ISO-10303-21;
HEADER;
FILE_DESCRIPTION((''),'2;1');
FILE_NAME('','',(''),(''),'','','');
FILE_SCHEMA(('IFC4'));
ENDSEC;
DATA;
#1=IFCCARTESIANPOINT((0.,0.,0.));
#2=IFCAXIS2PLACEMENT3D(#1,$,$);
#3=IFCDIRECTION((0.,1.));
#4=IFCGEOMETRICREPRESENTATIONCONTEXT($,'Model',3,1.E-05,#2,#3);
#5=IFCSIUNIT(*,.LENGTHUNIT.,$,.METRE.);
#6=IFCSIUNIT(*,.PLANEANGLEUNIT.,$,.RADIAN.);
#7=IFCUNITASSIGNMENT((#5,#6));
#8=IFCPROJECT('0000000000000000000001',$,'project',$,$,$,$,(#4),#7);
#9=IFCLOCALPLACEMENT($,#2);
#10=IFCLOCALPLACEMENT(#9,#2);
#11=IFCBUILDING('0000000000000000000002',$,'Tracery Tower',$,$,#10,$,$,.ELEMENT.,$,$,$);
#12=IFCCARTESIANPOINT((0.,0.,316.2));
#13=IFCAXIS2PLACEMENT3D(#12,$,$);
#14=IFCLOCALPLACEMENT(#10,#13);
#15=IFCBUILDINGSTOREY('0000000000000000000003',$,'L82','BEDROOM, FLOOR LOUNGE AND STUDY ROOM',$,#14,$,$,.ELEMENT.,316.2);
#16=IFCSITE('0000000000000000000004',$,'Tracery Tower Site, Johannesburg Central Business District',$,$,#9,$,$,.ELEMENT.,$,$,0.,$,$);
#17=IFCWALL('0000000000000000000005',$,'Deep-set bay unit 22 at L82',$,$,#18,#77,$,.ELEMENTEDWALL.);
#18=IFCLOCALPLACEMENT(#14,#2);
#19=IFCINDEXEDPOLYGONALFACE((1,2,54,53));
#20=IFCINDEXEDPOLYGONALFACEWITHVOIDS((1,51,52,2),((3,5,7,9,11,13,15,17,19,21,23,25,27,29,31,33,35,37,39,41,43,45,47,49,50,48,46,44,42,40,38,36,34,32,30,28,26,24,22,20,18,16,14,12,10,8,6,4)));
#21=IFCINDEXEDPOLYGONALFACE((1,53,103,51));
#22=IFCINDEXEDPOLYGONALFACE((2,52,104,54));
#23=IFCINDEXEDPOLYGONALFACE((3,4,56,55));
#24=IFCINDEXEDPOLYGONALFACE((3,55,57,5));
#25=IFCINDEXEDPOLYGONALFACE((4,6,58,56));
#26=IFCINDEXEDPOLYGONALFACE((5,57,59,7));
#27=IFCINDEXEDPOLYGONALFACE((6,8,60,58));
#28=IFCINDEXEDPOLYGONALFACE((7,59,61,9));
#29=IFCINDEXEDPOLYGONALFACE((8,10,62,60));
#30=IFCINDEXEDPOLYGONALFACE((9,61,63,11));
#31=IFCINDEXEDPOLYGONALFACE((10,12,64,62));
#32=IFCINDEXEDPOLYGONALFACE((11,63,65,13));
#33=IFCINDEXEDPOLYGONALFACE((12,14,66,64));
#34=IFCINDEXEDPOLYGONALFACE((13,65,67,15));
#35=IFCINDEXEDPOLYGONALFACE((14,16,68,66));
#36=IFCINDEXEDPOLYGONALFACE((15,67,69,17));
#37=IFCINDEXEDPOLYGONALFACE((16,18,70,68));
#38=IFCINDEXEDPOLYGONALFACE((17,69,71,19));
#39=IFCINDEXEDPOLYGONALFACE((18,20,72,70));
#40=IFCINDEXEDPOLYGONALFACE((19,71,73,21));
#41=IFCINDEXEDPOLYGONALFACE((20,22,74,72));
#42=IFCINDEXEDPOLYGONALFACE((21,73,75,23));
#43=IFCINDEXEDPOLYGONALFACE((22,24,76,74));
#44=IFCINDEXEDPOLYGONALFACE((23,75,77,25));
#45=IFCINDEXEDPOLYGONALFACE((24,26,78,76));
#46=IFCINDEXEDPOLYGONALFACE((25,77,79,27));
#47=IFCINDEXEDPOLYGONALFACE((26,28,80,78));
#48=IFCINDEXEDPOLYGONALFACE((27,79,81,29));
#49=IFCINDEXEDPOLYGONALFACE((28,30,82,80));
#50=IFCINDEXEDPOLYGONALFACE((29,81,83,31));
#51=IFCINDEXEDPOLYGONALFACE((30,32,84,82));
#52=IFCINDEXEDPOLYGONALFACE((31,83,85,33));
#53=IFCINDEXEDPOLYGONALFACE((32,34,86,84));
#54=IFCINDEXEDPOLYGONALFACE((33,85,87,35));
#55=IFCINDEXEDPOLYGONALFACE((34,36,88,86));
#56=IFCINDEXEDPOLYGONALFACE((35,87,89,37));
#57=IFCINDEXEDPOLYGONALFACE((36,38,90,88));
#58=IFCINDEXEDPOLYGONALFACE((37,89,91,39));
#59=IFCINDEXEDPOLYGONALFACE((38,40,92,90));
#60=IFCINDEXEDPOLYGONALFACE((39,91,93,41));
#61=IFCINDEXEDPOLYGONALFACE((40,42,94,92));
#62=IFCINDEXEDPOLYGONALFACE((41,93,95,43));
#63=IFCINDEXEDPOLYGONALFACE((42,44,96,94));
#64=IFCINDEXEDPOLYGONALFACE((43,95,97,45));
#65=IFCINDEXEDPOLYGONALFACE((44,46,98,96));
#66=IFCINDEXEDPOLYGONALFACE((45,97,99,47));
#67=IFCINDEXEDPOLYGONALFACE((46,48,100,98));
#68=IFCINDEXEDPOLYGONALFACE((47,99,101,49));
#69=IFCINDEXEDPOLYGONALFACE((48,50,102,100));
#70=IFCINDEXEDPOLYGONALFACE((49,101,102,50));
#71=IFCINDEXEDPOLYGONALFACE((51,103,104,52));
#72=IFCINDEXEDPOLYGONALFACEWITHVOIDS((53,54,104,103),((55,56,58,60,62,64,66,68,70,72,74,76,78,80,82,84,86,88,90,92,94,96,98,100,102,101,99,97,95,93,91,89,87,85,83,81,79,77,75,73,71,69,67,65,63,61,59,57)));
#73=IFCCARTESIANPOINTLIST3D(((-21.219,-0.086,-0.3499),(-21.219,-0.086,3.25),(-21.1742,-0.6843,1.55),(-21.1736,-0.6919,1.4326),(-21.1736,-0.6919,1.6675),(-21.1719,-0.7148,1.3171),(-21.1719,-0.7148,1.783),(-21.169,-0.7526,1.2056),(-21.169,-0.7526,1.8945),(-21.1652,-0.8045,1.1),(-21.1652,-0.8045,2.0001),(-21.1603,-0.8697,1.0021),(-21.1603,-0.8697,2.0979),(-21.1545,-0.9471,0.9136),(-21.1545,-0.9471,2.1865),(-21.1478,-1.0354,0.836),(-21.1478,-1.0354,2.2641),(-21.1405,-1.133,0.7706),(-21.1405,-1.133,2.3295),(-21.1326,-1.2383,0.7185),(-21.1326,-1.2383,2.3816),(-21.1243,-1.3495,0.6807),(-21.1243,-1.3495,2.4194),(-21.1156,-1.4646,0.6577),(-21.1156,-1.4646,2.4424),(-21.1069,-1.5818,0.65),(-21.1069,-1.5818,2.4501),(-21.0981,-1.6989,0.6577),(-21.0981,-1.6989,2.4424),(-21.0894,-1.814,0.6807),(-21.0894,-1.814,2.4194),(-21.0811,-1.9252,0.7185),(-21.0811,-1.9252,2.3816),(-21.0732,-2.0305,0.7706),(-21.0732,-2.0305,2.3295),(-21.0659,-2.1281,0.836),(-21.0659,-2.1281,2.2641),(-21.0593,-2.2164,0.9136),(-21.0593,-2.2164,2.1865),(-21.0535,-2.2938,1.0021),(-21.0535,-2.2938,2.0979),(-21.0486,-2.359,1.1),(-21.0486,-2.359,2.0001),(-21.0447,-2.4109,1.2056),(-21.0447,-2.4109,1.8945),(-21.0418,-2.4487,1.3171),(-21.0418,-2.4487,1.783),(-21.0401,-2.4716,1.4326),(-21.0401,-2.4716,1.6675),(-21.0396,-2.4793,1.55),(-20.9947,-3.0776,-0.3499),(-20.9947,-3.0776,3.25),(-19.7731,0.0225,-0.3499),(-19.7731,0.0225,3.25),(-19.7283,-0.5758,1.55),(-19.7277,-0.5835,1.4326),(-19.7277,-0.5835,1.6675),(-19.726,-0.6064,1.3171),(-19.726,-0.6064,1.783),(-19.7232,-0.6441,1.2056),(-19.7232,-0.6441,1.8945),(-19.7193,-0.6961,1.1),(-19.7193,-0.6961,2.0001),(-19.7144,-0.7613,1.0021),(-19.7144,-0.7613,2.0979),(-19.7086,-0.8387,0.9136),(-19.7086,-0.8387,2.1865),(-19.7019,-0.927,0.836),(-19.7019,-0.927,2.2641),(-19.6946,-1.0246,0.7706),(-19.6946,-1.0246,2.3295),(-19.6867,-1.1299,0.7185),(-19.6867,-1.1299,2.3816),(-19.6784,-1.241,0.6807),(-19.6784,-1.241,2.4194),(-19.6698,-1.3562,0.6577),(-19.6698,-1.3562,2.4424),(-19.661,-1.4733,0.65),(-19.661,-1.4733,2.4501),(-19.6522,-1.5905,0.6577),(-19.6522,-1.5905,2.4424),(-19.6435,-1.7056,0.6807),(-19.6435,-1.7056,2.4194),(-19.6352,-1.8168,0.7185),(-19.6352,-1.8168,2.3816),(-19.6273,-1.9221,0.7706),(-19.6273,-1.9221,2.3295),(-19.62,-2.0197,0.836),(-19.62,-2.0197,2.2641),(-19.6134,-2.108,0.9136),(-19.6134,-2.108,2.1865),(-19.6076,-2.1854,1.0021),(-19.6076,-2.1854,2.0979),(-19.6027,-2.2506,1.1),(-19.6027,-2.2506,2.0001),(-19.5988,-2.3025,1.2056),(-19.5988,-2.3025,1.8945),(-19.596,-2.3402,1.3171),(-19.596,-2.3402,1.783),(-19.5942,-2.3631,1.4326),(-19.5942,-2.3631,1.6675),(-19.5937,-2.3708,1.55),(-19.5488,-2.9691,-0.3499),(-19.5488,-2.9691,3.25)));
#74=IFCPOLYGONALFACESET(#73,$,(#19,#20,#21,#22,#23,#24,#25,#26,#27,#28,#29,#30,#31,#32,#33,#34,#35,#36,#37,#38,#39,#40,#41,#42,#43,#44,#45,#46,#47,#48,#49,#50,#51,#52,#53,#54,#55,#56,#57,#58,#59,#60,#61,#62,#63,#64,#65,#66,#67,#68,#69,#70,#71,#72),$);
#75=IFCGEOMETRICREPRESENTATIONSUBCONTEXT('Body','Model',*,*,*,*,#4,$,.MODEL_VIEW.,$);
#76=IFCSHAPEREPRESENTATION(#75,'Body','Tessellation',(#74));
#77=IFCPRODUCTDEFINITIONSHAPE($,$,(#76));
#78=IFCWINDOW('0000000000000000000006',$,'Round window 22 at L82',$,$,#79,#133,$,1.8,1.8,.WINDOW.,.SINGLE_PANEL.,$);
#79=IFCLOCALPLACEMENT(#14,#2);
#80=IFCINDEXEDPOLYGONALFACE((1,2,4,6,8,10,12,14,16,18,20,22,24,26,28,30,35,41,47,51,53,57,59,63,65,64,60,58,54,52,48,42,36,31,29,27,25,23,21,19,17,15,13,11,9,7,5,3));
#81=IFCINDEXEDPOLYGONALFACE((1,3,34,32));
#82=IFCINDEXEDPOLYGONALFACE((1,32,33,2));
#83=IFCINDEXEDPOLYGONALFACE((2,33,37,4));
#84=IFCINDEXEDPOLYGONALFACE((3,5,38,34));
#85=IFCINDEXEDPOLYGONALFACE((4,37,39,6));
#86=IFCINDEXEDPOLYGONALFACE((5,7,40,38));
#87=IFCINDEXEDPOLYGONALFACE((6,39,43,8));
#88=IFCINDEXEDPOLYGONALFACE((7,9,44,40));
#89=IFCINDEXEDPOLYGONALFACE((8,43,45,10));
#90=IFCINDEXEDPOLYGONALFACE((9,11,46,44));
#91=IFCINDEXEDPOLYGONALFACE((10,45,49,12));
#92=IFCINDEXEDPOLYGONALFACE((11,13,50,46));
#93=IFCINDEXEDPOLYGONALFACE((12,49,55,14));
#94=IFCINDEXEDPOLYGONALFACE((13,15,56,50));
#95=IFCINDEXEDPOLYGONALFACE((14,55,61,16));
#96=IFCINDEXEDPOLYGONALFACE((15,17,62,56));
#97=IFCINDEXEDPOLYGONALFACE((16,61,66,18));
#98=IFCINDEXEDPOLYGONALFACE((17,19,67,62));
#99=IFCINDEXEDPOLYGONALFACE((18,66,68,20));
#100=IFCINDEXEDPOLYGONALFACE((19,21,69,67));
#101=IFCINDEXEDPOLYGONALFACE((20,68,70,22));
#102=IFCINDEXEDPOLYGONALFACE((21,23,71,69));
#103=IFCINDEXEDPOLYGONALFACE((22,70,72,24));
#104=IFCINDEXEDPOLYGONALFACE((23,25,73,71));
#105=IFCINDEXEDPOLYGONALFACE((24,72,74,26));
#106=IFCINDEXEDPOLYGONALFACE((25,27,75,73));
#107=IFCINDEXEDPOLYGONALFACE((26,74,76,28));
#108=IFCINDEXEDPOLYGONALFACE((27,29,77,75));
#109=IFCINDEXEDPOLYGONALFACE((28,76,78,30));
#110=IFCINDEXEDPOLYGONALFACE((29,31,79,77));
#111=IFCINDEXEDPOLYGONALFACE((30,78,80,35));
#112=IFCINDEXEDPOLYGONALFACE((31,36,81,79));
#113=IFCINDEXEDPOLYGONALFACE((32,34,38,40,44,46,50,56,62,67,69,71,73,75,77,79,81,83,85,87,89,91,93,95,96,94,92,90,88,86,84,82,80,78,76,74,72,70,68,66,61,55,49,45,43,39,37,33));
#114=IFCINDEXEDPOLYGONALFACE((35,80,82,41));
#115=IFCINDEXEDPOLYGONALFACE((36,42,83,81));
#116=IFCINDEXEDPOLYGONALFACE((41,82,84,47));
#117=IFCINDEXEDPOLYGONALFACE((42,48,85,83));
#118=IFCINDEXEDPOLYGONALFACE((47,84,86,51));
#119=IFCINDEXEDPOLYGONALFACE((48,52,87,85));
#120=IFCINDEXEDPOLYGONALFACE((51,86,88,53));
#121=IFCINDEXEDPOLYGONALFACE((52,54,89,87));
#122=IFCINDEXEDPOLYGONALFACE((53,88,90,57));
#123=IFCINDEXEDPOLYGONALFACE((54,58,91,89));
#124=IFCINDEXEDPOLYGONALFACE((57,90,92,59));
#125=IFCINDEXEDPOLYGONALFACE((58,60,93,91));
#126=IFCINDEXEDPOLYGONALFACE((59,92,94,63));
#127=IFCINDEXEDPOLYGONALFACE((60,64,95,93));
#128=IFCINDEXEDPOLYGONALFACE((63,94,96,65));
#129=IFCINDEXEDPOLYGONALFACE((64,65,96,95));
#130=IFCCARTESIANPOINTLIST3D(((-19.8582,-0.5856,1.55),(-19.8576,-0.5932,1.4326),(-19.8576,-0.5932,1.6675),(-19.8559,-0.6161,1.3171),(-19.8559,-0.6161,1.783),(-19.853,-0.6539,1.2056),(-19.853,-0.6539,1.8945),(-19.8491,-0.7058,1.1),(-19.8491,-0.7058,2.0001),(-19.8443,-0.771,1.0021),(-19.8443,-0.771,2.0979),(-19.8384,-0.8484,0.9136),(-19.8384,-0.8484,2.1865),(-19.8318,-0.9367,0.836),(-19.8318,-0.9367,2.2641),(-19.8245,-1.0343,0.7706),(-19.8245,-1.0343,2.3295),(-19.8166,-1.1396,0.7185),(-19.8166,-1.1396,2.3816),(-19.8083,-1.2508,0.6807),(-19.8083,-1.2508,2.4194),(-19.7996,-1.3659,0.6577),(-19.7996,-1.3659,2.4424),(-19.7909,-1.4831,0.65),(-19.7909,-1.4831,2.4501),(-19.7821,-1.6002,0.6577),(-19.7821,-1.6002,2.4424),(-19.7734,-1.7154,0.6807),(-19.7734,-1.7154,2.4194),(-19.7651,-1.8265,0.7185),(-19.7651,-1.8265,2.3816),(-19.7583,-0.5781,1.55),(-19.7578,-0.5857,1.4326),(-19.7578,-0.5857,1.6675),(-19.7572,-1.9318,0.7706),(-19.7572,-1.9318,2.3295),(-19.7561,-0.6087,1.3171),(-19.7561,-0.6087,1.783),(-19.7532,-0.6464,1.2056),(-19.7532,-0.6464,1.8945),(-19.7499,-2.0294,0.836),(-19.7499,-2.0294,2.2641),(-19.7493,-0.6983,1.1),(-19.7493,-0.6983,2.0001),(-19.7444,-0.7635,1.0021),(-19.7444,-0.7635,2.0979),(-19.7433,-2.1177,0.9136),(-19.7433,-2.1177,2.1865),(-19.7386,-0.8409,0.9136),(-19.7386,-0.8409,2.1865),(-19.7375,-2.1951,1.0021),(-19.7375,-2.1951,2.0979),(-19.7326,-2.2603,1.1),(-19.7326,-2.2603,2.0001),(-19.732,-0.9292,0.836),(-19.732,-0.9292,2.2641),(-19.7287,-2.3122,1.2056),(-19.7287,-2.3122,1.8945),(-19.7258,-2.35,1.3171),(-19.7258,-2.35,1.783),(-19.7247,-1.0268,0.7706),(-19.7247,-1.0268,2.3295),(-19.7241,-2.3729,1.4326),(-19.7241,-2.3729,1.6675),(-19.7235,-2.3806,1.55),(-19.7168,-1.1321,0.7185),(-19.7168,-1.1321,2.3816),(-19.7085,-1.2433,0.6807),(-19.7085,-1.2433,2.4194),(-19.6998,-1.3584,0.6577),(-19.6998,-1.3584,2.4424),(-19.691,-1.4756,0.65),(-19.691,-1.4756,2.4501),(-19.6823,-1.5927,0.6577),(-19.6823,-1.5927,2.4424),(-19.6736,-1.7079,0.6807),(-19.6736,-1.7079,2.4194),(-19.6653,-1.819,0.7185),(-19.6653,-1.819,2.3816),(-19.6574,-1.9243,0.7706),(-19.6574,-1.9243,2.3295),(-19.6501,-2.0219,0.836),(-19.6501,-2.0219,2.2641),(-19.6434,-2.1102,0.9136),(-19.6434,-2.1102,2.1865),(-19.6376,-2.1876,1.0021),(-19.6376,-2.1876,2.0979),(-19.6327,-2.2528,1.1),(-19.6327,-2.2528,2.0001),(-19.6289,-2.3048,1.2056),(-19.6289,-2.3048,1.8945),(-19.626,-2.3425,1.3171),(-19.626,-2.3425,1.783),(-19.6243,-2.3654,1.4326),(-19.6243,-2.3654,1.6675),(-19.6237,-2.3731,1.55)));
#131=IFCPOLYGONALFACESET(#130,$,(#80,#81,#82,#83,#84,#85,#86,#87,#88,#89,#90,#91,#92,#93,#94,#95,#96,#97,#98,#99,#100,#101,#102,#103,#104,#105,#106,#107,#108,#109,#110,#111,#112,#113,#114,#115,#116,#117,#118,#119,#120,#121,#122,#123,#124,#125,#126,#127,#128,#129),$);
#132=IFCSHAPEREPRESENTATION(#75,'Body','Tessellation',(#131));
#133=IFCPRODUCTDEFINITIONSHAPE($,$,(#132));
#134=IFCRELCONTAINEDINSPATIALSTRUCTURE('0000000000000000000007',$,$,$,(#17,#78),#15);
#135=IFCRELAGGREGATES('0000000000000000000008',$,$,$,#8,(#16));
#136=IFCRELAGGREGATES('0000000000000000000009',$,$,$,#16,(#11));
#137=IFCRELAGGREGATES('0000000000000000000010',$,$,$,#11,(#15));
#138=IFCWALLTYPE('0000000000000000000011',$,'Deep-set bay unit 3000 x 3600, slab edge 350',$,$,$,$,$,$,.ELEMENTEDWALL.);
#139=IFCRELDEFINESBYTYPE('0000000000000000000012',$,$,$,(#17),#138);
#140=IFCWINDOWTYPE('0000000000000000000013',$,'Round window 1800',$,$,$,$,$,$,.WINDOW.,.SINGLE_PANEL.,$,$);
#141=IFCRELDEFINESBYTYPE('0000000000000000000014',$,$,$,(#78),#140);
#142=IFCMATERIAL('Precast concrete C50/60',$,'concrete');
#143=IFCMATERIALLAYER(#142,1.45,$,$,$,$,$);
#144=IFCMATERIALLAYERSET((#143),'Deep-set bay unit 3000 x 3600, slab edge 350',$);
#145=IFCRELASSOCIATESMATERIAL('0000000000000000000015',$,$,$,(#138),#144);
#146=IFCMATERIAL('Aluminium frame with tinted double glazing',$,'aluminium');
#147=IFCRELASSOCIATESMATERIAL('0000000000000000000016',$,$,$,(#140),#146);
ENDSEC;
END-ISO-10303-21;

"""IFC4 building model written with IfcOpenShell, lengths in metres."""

from ifc_helpers import new_model, si_unit, direction, frame, frame_2d, origin, origin_2d, place, context, subcontext, project, spatial, rectangle, circle, extrude, material, layer, layer_set, type_object, element, fill, save


model = new_model("IFC4")

# Units and contexts
model_context = context("Model", 3, precision=1e-05, world=origin(), true_north=direction((0.0, 1.0)))
body_context = subcontext(model_context, "Body", "Model", "MODEL_VIEW")
ifc_project = project(units=[si_unit("LENGTHUNIT", "METRE"), si_unit("PLANEANGLEUNIT", "RADIAN")], contexts=[model_context])

# Site, building, storey
site_placement = place(None, origin())
site = spatial("IfcSite", under=ifc_project, at=site_placement, Name="Tracery Tower Site, Johannesburg Central Business District", CompositionType="ELEMENT", RefElevation=0.0)
building_placement = place(site_placement, origin())
building = spatial("IfcBuilding", under=site, at=building_placement, Name="Tracery Tower", CompositionType="ELEMENT")
storey_placement = place(building_placement, frame((0.0, 0.0, 316.2)))
storey = spatial("IfcBuildingStorey", under=building, at=storey_placement, Name="L82", Description="BEDROOM, FLOOR LOUNGE AND STUDY ROOM", CompositionType="ELEMENT", Elevation=316.2)

# Wall, opening, window
ifc_material_1 = material(Name="Precast concrete C50/60", Category="concrete")
ifc_layer_1 = layer(ifc_material_1, 1.45)
ifc_layer_set_1 = layer_set([ifc_layer_1], Name="Deep-set bay unit 3000 x 3600, slab edge 350")
wall_type_1 = type_object("IfcWallType", Name="Deep-set bay unit 3000 x 3600, slab edge 350", PredefinedType="ELEMENTEDWALL", material=ifc_layer_set_1)
wall_1_placement = place(storey_placement, frame((-20.4961, -0.0317, -0.3499), z_axis=(0.0, 0.0, 1.0), x_axis=(0.074786, -0.9972, 0.0)))
wall_1 = element("IfcWall", 1, at=wall_1_placement, inside=storey, type_object=wall_type_1, Name="Deep-set bay unit 22 at L82", PredefinedType="ELEMENTEDWALL", context=body_context, shape_type="SweptSolid", body=[
    extrude(rectangle(XDim=3.0, YDim=1.45, at=frame_2d((1.5, 0.0))), origin(), (0.0, 0.0, 1.0), 3.5999),
])
opening_1_placement = place(wall_1_placement, frame((1.5, 0.0, 1.8999)))
opening_1 = element("IfcOpeningElement", 2, at=opening_1_placement, cuts=wall_1, PredefinedType="OPENING", context=body_context, shape_type="SweptSolid", body=[
    extrude(circle(Radius=0.9, at=origin_2d()), frame((0.0, 0.7349, 0.0), z_axis=(0.0, -1.0, 0.0), x_axis=(1.0, 0.0, 0.0)), (0.0, 0.0, 1.0), 1.47),
])
ifc_material_2 = material(Name="Aluminium frame with tinted double glazing", Category="aluminium")
window_type = type_object("IfcWindowType", Name="Round window 1800", PartitioningType="SINGLE_PANEL", PredefinedType="WINDOW", material=ifc_material_2)
window_1_placement = place(opening_1_placement, origin())
window_1 = element("IfcWindow", 3, at=window_1_placement, inside=storey, type_object=window_type, Name="Round window 22 at L82", OverallHeight=1.8, OverallWidth=1.8, PartitioningType="SINGLE_PANEL", PredefinedType="WINDOW", context=body_context, shape_type="SweptSolid", body=[
    extrude(circle(Radius=0.9, at=origin_2d()), frame((0.0, 0.6948, 0.0), z_axis=(0.0, -1.0, 0.0), x_axis=(1.0, 0.0, 0.0)), (0.0, 0.0, 1.0), 0.1001),
])
fill(opening_1, window_1)

save(model, "model.ifc")
